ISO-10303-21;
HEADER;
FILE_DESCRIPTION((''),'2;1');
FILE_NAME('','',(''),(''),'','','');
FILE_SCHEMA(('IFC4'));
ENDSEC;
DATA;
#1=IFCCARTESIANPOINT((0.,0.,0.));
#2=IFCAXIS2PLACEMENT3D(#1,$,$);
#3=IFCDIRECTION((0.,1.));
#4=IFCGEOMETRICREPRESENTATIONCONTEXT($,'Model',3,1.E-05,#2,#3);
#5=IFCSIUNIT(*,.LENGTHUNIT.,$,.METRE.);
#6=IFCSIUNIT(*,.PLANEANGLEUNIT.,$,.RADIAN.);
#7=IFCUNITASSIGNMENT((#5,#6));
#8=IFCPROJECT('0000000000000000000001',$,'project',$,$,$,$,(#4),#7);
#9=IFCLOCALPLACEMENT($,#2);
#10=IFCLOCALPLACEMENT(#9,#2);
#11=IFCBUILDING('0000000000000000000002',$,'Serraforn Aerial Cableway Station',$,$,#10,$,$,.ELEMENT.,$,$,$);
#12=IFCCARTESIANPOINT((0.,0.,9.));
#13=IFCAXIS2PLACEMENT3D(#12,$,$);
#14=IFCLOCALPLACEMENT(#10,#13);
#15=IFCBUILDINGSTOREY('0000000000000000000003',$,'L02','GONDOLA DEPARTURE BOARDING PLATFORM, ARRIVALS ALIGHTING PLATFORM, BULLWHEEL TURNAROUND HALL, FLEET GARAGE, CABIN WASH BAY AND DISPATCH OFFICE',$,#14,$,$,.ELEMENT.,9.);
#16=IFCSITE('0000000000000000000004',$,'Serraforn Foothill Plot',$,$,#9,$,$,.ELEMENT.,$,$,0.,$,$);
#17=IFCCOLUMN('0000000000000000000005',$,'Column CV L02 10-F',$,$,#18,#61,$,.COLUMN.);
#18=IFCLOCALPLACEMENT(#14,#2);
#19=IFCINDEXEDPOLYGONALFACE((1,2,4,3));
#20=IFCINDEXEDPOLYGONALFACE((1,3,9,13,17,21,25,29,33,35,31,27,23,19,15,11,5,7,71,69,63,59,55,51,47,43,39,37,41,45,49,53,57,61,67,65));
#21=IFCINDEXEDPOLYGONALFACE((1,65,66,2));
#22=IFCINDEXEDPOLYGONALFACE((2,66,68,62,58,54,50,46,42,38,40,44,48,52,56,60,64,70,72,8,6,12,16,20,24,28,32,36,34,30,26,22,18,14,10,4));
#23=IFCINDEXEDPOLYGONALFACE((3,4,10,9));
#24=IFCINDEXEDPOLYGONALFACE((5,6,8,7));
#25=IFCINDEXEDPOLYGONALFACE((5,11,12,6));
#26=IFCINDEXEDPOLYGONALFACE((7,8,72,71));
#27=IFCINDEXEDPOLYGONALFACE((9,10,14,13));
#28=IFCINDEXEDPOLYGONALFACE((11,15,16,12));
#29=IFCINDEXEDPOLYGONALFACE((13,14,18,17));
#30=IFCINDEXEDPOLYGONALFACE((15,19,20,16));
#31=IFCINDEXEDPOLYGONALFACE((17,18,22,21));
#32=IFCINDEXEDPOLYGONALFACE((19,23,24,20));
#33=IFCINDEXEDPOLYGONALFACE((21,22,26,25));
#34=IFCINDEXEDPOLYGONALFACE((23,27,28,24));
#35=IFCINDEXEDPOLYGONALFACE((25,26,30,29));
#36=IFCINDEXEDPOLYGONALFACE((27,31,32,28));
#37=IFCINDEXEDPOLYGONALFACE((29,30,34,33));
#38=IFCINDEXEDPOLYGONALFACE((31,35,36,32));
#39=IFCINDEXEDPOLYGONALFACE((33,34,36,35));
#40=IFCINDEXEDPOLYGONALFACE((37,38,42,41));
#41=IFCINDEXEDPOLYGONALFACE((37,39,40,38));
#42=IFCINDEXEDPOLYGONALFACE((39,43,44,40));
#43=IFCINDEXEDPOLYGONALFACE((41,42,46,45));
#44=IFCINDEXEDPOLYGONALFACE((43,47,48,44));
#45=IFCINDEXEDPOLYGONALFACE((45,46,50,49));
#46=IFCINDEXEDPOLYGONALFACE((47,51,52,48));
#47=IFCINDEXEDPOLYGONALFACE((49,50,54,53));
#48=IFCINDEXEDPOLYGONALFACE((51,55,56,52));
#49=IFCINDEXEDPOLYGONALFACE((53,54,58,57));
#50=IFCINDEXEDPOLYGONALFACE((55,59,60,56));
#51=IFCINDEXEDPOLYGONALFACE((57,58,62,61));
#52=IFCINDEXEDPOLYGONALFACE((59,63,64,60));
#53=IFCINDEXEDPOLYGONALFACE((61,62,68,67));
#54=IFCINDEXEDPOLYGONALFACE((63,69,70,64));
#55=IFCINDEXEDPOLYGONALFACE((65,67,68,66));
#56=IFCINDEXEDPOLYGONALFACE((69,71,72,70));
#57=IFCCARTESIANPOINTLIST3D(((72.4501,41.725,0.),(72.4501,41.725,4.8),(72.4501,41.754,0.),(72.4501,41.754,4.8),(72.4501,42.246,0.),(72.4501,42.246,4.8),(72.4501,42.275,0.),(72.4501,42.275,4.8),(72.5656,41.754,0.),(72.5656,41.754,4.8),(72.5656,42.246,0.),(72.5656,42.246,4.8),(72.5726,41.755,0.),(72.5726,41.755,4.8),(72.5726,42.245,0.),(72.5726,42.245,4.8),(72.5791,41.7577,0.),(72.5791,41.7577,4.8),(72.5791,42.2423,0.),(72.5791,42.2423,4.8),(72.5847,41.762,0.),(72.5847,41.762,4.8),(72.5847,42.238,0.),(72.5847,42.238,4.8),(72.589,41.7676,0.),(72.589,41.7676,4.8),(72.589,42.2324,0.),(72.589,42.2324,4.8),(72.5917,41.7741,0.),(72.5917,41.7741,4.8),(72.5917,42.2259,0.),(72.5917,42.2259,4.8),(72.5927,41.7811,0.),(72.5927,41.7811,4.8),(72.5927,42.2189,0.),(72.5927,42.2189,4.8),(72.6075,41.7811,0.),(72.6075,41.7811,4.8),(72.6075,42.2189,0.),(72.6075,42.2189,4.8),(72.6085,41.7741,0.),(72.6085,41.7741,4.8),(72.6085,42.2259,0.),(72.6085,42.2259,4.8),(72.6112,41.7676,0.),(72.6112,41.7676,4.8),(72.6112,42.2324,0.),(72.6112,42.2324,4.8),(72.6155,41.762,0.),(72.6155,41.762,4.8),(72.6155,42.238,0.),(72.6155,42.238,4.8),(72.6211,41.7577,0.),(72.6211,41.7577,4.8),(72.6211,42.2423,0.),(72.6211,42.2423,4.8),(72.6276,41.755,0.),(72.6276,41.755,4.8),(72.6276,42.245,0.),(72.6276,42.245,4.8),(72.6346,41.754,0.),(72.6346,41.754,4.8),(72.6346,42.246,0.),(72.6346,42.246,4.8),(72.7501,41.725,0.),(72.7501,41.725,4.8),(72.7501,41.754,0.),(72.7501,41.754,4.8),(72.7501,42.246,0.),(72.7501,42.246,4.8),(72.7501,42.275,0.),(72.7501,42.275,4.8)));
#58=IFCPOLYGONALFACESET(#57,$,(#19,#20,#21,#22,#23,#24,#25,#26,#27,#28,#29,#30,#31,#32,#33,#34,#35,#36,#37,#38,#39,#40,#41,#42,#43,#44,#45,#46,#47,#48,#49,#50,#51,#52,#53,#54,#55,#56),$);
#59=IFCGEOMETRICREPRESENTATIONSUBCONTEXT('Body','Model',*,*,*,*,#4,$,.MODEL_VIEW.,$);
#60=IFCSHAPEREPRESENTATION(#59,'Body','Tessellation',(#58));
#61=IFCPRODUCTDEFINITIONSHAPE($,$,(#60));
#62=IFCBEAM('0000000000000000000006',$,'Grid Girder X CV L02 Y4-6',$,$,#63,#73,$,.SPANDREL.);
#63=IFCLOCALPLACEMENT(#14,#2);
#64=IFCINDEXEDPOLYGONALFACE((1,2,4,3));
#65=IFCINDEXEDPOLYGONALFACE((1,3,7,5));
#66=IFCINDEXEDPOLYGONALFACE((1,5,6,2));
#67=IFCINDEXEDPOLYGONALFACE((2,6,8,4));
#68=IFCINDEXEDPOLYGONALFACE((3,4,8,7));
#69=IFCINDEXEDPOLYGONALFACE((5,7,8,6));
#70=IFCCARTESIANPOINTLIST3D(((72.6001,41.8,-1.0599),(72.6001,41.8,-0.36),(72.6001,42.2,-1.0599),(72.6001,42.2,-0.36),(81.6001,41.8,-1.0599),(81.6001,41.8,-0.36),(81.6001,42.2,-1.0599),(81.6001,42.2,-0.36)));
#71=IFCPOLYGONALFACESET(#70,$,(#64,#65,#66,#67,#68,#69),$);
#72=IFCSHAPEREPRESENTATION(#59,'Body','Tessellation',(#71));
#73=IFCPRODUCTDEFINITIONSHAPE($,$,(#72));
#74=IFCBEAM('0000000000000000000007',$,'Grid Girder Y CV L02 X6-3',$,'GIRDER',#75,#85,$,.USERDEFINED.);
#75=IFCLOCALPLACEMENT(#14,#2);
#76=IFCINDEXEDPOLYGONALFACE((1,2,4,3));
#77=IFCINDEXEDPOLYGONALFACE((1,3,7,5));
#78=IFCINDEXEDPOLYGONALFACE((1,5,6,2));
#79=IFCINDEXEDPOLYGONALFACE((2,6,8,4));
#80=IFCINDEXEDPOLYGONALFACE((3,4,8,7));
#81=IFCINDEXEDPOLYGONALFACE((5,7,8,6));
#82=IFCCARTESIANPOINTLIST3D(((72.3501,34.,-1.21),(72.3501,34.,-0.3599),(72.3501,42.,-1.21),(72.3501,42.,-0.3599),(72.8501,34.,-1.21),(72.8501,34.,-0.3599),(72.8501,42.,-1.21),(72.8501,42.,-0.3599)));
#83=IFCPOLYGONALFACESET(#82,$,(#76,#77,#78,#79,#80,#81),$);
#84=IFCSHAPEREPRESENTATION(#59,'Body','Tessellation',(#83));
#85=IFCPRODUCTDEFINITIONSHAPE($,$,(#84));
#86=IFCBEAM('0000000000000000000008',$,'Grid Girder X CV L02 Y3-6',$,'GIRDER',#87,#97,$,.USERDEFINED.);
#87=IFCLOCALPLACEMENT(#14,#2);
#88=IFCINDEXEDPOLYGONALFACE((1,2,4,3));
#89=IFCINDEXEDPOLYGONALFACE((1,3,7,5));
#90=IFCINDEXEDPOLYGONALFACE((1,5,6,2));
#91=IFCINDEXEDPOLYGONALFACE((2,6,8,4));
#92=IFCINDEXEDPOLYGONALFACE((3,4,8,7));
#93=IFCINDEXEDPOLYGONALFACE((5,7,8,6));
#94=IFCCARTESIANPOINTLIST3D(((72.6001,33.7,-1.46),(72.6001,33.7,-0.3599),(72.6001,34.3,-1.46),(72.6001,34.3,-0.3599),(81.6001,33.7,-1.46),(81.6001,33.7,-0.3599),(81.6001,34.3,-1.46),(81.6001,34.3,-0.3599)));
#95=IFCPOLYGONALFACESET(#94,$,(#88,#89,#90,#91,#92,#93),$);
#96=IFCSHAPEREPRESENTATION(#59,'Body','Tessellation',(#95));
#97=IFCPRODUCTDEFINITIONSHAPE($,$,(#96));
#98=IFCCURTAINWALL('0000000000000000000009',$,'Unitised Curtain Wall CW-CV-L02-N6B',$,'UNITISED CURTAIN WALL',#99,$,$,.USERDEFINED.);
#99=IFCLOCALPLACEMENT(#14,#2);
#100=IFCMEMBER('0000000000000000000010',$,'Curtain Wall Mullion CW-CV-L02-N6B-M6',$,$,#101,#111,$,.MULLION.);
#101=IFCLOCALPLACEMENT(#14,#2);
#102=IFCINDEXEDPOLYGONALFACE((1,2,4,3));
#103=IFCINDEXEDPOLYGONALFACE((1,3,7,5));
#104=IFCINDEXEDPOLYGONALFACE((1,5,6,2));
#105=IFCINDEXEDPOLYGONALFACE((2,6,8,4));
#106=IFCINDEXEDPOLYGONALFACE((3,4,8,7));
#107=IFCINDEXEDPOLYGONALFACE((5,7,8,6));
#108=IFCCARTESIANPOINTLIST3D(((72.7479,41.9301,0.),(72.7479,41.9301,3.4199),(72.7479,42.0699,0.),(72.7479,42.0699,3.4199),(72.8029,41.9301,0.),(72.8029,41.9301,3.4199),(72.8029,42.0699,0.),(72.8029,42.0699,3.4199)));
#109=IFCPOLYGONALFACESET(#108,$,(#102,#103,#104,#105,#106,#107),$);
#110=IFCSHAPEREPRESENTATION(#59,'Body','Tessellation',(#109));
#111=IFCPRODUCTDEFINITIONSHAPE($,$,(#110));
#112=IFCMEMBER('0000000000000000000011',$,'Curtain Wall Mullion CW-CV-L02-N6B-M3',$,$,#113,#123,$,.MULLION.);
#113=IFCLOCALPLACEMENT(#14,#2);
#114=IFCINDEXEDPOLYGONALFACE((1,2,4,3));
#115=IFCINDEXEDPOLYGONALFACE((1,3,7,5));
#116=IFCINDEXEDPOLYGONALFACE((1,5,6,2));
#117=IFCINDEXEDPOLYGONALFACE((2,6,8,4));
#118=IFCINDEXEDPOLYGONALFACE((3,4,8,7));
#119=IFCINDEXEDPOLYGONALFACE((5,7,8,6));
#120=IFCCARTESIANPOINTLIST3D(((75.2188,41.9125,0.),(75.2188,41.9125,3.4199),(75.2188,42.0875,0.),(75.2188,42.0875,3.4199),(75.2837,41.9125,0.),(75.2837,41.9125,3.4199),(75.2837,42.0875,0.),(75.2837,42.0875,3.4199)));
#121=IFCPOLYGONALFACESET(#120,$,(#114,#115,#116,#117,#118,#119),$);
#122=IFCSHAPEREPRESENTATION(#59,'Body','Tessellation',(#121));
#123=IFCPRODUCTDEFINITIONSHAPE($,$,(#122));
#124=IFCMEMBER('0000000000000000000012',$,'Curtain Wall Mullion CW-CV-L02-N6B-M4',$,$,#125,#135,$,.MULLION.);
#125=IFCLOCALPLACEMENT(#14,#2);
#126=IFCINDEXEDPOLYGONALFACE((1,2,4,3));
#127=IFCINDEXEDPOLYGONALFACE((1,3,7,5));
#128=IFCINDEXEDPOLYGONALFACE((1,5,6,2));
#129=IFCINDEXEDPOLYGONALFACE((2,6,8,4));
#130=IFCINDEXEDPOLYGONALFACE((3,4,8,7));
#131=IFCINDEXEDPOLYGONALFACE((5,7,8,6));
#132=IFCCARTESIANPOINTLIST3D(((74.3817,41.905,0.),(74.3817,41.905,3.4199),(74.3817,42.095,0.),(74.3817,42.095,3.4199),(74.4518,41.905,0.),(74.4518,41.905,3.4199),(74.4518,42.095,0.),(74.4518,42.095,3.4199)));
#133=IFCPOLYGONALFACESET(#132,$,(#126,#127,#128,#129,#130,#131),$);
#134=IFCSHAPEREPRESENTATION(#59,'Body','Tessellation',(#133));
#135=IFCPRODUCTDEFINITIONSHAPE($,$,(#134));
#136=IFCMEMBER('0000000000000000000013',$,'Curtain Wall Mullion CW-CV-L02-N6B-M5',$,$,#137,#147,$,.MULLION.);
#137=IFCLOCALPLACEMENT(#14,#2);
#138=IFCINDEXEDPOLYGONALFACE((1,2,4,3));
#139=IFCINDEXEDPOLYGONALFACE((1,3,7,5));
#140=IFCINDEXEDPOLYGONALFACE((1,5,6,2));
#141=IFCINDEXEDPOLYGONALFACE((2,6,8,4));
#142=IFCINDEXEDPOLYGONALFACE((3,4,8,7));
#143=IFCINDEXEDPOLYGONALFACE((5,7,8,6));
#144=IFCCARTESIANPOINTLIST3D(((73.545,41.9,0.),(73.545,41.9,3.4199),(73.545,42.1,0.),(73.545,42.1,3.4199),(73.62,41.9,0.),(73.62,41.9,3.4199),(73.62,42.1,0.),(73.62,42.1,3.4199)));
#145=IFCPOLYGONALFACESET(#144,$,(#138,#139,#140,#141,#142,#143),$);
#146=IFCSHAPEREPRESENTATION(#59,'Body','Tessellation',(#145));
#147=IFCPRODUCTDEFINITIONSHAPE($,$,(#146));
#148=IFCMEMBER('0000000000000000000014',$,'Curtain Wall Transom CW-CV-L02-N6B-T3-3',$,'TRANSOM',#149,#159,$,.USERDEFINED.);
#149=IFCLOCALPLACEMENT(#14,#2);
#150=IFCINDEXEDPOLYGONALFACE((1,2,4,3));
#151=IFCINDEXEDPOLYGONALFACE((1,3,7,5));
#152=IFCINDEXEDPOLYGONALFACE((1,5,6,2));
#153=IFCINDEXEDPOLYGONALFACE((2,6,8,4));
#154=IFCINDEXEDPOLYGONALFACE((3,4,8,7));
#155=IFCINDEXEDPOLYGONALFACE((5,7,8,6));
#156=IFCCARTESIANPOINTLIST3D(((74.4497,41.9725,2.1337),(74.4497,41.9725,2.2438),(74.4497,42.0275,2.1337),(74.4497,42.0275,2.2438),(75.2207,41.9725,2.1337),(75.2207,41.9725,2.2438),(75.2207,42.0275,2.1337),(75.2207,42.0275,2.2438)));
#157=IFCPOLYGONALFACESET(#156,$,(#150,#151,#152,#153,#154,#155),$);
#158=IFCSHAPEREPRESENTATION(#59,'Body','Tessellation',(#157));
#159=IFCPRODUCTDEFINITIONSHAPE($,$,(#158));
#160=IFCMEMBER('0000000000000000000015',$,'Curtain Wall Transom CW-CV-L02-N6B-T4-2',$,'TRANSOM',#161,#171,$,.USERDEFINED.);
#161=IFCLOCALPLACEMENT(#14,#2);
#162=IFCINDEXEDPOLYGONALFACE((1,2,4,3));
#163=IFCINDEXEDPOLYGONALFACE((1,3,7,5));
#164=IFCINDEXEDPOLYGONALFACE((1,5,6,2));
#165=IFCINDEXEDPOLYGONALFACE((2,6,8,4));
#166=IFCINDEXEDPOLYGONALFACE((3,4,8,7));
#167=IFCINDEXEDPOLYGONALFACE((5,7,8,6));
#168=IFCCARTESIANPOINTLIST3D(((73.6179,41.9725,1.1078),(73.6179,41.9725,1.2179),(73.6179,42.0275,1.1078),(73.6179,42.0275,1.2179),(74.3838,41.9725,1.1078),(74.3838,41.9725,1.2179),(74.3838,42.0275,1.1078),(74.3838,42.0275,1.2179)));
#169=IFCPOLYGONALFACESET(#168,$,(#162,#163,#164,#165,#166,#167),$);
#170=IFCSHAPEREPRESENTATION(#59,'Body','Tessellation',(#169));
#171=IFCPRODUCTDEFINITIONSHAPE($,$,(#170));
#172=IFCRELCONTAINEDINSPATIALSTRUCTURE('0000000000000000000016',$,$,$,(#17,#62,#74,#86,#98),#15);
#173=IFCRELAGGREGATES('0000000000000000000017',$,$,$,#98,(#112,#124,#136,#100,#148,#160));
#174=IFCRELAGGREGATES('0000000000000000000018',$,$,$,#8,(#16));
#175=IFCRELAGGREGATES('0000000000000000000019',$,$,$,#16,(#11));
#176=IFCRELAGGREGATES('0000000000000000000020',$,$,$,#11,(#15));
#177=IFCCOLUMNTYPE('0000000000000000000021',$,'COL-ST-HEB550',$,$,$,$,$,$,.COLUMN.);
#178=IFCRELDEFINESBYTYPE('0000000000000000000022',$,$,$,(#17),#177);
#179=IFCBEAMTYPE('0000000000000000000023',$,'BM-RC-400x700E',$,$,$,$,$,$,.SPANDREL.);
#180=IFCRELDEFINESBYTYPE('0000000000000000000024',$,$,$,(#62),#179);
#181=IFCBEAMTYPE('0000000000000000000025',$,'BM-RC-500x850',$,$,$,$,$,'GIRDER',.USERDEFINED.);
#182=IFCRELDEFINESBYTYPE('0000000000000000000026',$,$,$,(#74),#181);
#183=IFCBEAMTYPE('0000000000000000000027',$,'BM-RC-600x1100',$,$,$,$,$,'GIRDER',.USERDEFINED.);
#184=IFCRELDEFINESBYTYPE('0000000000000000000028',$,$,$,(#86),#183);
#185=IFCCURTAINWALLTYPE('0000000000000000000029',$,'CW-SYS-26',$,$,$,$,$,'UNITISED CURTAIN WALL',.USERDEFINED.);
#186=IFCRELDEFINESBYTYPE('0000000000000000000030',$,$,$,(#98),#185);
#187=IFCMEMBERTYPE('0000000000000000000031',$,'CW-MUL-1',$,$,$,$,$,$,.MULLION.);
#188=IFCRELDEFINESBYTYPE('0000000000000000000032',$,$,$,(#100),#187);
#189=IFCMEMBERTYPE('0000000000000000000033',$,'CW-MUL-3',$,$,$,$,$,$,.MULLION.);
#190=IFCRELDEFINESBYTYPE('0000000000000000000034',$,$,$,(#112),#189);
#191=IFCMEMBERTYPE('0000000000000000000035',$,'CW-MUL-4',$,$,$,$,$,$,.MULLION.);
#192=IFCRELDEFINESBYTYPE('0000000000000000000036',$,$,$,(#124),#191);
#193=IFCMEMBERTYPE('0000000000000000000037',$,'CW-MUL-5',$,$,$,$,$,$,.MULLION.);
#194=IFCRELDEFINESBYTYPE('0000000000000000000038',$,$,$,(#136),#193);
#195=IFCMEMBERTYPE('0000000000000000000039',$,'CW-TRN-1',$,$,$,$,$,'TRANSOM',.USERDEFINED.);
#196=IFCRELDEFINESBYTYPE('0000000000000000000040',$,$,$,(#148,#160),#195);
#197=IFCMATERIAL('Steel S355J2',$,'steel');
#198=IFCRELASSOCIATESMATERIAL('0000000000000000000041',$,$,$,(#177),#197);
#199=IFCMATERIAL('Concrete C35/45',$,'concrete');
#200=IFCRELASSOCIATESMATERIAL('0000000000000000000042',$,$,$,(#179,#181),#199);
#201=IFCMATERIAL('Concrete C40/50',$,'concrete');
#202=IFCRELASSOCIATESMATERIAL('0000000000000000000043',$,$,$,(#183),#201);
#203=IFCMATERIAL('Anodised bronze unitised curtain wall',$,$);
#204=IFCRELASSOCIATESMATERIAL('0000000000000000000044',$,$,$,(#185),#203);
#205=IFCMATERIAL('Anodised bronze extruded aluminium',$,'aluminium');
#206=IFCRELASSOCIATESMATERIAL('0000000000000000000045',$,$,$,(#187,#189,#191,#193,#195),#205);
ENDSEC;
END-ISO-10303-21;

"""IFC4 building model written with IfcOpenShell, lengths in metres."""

from ifc_helpers import new_model, si_unit, direction, frame, origin, origin_2d, place, context, subcontext, project, spatial, rectangle, i_section, extrude, material, material_profile, profile_set, type_object, element, aggregate, save


model = new_model("IFC4")

# Units and contexts
model_context = context("Model", 3, precision=1e-05, world=origin(), true_north=direction((0.0, 1.0)))
body_context = subcontext(model_context, "Body", "Model", "MODEL_VIEW")
ifc_project = project(units=[si_unit("LENGTHUNIT", "METRE"), si_unit("PLANEANGLEUNIT", "RADIAN")], contexts=[model_context])

# Site, building, storey
site_placement = place(None, origin())
site = spatial("IfcSite", under=ifc_project, at=site_placement, Name="Serraforn Foothill Plot", CompositionType="ELEMENT", RefElevation=0.0)
building_placement = place(site_placement, origin())
building = spatial("IfcBuilding", under=site, at=building_placement, Name="Serraforn Aerial Cableway Station", CompositionType="ELEMENT")
storey_placement = place(building_placement, frame((0.0, 0.0, 9.0)))
storey = spatial("IfcBuildingStorey", under=building, at=storey_placement, Name="L02", Description="GONDOLA DEPARTURE BOARDING PLATFORM, ARRIVALS ALIGHTING PLATFORM, BULLWHEEL TURNAROUND HALL, FLEET GARAGE, CABIN WASH BAY AND DISPATCH OFFICE", CompositionType="ELEMENT", Elevation=9.0)

# Column
ifc_material_1 = material(Name="Steel S355J2", Category="steel")
ifc_material_profile_1 = material_profile(ifc_material_1, i_section(OverallWidth=0.3, OverallDepth=0.55, WebThickness=0.0149, FlangeThickness=0.0291, FilletRadius=0.0271, at=origin_2d()), Name="HEB 550")
ifc_profile_set_1 = profile_set([ifc_material_profile_1], Name="Steel S355J2")
column_type = type_object("IfcColumnType", Name="COL-ST-HEB550", PredefinedType="COLUMN", material=ifc_profile_set_1)
column_placement = place(storey_placement, frame((72.6001, 42.0, 0.0), z_axis=(0.0, 0.0, 1.0), x_axis=(1.0, 0.0, 0.0)))
element("IfcColumn", 1, at=column_placement, inside=storey, type_object=column_type, Name="Column CV L02 10-F", PredefinedType="COLUMN", context=body_context, shape_type="SweptSolid", body=[
    extrude(i_section(OverallWidth=0.3, OverallDepth=0.55, WebThickness=0.0149, FlangeThickness=0.0291, FilletRadius=0.0271, at=origin_2d()), origin(), (0.0, 0.0, 1.0), 4.8),
])

# Beams
ifc_material_2 = material(Name="Concrete C35/45", Category="concrete")
ifc_material_profile_2 = material_profile(ifc_material_2, rectangle(XDim=0.3999, YDim=0.7, at=origin_2d()), Name="RC 400x700")
ifc_profile_set_2 = profile_set([ifc_material_profile_2], Name="Concrete C35/45")
beam_type_1 = type_object("IfcBeamType", Name="BM-RC-400x700E", PredefinedType="SPANDREL", material=ifc_profile_set_2)
beam_1_placement = place(storey_placement, frame((72.6001, 42.0, -0.71), z_axis=(1.0, 0.0, 0.0), x_axis=(0.0, 1.0, 0.0)))
element("IfcBeam", 2, at=beam_1_placement, inside=storey, type_object=beam_type_1, Name="Grid Girder X CV L02 Y4-6", PredefinedType="SPANDREL", context=body_context, shape_type="SweptSolid", body=[
    extrude(rectangle(XDim=0.3999, YDim=0.7, at=origin_2d()), origin(), (0.0, 0.0, 1.0), 9.0),
])
ifc_material_profile_3 = material_profile(ifc_material_2, rectangle(XDim=0.5, YDim=0.8501, at=origin_2d()), Name="RC 500x850")
ifc_profile_set_3 = profile_set([ifc_material_profile_3], Name="Concrete C35/45")
beam_type_2 = type_object("IfcBeamType", Name="BM-RC-500x850", ElementType="GIRDER", PredefinedType="USERDEFINED", material=ifc_profile_set_3)
beam_2_placement = place(storey_placement, frame((72.6001, 34.0, -0.7849), z_axis=(0.0, 1.0, 0.0), x_axis=(-1.0, 0.0, 0.0)))
element("IfcBeam", 3, at=beam_2_placement, inside=storey, type_object=beam_type_2, Name="Grid Girder Y CV L02 X6-3", ObjectType="GIRDER", PredefinedType="USERDEFINED", context=body_context, shape_type="SweptSolid", body=[
    extrude(rectangle(XDim=0.5, YDim=0.8501, at=origin_2d()), origin(), (0.0, 0.0, 1.0), 8.0),
])
ifc_material_3 = material(Name="Concrete C40/50", Category="concrete")
ifc_material_profile_4 = material_profile(ifc_material_3, rectangle(XDim=0.6001, YDim=1.1001, at=origin_2d()), Name="RC 600x1100")
ifc_profile_set_4 = profile_set([ifc_material_profile_4], Name="Concrete C40/50")
beam_type_3 = type_object("IfcBeamType", Name="BM-RC-600x1100", ElementType="GIRDER", PredefinedType="USERDEFINED", material=ifc_profile_set_4)
beam_3_placement = place(storey_placement, frame((72.6001, 34.0, -0.9099), z_axis=(1.0, 0.0, 0.0), x_axis=(0.0, 1.0, 0.0)))
element("IfcBeam", 4, at=beam_3_placement, inside=storey, type_object=beam_type_3, Name="Grid Girder X CV L02 Y3-6", ObjectType="GIRDER", PredefinedType="USERDEFINED", context=body_context, shape_type="SweptSolid", body=[
    extrude(rectangle(XDim=0.6001, YDim=1.1001, at=origin_2d()), origin(), (0.0, 0.0, 1.0), 9.0),
])

# Curtain wall, members
ifc_material_4 = material(Name="Anodised bronze unitised curtain wall")
curtain_wall_type = type_object("IfcCurtainWallType", Name="CW-SYS-26", ElementType="UNITISED CURTAIN WALL", PredefinedType="USERDEFINED", material=ifc_material_4)
curtain_wall_placement = place(storey_placement, origin())
curtain_wall = element("IfcCurtainWall", 5, at=curtain_wall_placement, inside=storey, type_object=curtain_wall_type, Name="Unitised Curtain Wall CW-CV-L02-N6B", ObjectType="UNITISED CURTAIN WALL", PredefinedType="USERDEFINED")
ifc_material_5 = material(Name="Anodised bronze extruded aluminium", Category="aluminium")
ifc_material_profile_5 = material_profile(ifc_material_5, rectangle(XDim=0.0549, YDim=0.1399, at=origin_2d()), Name="CW MULLION 55x140")
ifc_profile_set_5 = profile_set([ifc_material_profile_5], Name="Anodised bronze extruded aluminium")
member_type_1 = type_object("IfcMemberType", Name="CW-MUL-1", PredefinedType="MULLION", material=ifc_profile_set_5)
member_1_placement = place(storey_placement, frame((72.7754, 42.0, 0.0), z_axis=(0.0, 0.0, 1.0), x_axis=(-1.0, 0.0, 0.0)))
member_1 = element("IfcMember", 6, at=member_1_placement, type_object=member_type_1, Name="Curtain Wall Mullion CW-CV-L02-N6B-M6", PredefinedType="MULLION", context=body_context, shape_type="SweptSolid", body=[
    extrude(rectangle(XDim=0.0549, YDim=0.1399, at=origin_2d()), origin(), (0.0, 0.0, 1.0), 3.4199),
])
ifc_material_profile_6 = material_profile(ifc_material_5, rectangle(XDim=0.0649, YDim=0.175, at=origin_2d()), Name="CW MULLION 65x175")
ifc_profile_set_6 = profile_set([ifc_material_profile_6], Name="Anodised bronze extruded aluminium")
member_type_2 = type_object("IfcMemberType", Name="CW-MUL-3", PredefinedType="MULLION", material=ifc_profile_set_6)
member_2_placement = place(storey_placement, frame((75.2512, 42.0, 0.0), z_axis=(0.0, 0.0, 1.0), x_axis=(-1.0, 0.0, 0.0)))
member_2 = element("IfcMember", 7, at=member_2_placement, type_object=member_type_2, Name="Curtain Wall Mullion CW-CV-L02-N6B-M3", PredefinedType="MULLION", context=body_context, shape_type="SweptSolid", body=[
    extrude(rectangle(XDim=0.0649, YDim=0.175, at=origin_2d()), origin(), (0.0, 0.0, 1.0), 3.4199),
])
ifc_material_profile_7 = material_profile(ifc_material_5, rectangle(XDim=0.0701, YDim=0.1899, at=origin_2d()), Name="CW MULLION 70x190")
ifc_profile_set_7 = profile_set([ifc_material_profile_7], Name="Anodised bronze extruded aluminium")
member_type_3 = type_object("IfcMemberType", Name="CW-MUL-4", PredefinedType="MULLION", material=ifc_profile_set_7)
member_3_placement = place(storey_placement, frame((74.4167, 42.0, 0.0), z_axis=(0.0, 0.0, 1.0), x_axis=(-1.0, 0.0, 0.0)))
member_3 = element("IfcMember", 8, at=member_3_placement, type_object=member_type_3, Name="Curtain Wall Mullion CW-CV-L02-N6B-M4", PredefinedType="MULLION", context=body_context, shape_type="SweptSolid", body=[
    extrude(rectangle(XDim=0.0701, YDim=0.1899, at=origin_2d()), origin(), (0.0, 0.0, 1.0), 3.4199),
])
ifc_material_profile_8 = material_profile(ifc_material_5, rectangle(XDim=0.075, YDim=0.2, at=origin_2d()), Name="CW MULLION 75x200")
ifc_profile_set_8 = profile_set([ifc_material_profile_8], Name="Anodised bronze extruded aluminium")
member_type_4 = type_object("IfcMemberType", Name="CW-MUL-5", PredefinedType="MULLION", material=ifc_profile_set_8)
member_4_placement = place(storey_placement, frame((73.5825, 42.0, 0.0), z_axis=(0.0, 0.0, 1.0), x_axis=(-1.0, 0.0, 0.0)))
member_4 = element("IfcMember", 9, at=member_4_placement, type_object=member_type_4, Name="Curtain Wall Mullion CW-CV-L02-N6B-M5", PredefinedType="MULLION", context=body_context, shape_type="SweptSolid", body=[
    extrude(rectangle(XDim=0.075, YDim=0.2, at=origin_2d()), origin(), (0.0, 0.0, 1.0), 3.4199),
])
ifc_material_profile_9 = material_profile(ifc_material_5, rectangle(XDim=0.0549, YDim=0.1101, at=origin_2d()), Name="CW TRANSOM 55x110")
ifc_profile_set_9 = profile_set([ifc_material_profile_9], Name="Anodised bronze extruded aluminium")
member_type_5 = type_object("IfcMemberType", Name="CW-TRN-1", ElementType="TRANSOM", PredefinedType="USERDEFINED", material=ifc_profile_set_9)
member_5_placement = place(storey_placement, frame((75.2207, 42.0, 2.1887), z_axis=(-1.0, 0.0, 0.0), x_axis=(0.0, -1.0, 0.0)))
member_5 = element("IfcMember", 10, at=member_5_placement, type_object=member_type_5, Name="Curtain Wall Transom CW-CV-L02-N6B-T3-3", ObjectType="TRANSOM", PredefinedType="USERDEFINED", context=body_context, shape_type="SweptSolid", body=[
    extrude(rectangle(XDim=0.0549, YDim=0.1101, at=origin_2d()), origin(), (0.0, 0.0, 1.0), 0.771),
])
member_6_placement = place(storey_placement, frame((74.3838, 42.0, 1.1628), z_axis=(-1.0, 0.0, 0.0), x_axis=(0.0, -1.0, 0.0)))
member_6 = element("IfcMember", 11, at=member_6_placement, type_object=member_type_5, Name="Curtain Wall Transom CW-CV-L02-N6B-T4-2", ObjectType="TRANSOM", PredefinedType="USERDEFINED", context=body_context, shape_type="SweptSolid", body=[
    extrude(rectangle(XDim=0.0549, YDim=0.1101, at=origin_2d()), origin(), (0.0, 0.0, 1.0), 0.7659),
])
aggregate(curtain_wall, [member_2, member_3, member_4, member_1, member_5, member_6])

save(model, "model.ifc")
